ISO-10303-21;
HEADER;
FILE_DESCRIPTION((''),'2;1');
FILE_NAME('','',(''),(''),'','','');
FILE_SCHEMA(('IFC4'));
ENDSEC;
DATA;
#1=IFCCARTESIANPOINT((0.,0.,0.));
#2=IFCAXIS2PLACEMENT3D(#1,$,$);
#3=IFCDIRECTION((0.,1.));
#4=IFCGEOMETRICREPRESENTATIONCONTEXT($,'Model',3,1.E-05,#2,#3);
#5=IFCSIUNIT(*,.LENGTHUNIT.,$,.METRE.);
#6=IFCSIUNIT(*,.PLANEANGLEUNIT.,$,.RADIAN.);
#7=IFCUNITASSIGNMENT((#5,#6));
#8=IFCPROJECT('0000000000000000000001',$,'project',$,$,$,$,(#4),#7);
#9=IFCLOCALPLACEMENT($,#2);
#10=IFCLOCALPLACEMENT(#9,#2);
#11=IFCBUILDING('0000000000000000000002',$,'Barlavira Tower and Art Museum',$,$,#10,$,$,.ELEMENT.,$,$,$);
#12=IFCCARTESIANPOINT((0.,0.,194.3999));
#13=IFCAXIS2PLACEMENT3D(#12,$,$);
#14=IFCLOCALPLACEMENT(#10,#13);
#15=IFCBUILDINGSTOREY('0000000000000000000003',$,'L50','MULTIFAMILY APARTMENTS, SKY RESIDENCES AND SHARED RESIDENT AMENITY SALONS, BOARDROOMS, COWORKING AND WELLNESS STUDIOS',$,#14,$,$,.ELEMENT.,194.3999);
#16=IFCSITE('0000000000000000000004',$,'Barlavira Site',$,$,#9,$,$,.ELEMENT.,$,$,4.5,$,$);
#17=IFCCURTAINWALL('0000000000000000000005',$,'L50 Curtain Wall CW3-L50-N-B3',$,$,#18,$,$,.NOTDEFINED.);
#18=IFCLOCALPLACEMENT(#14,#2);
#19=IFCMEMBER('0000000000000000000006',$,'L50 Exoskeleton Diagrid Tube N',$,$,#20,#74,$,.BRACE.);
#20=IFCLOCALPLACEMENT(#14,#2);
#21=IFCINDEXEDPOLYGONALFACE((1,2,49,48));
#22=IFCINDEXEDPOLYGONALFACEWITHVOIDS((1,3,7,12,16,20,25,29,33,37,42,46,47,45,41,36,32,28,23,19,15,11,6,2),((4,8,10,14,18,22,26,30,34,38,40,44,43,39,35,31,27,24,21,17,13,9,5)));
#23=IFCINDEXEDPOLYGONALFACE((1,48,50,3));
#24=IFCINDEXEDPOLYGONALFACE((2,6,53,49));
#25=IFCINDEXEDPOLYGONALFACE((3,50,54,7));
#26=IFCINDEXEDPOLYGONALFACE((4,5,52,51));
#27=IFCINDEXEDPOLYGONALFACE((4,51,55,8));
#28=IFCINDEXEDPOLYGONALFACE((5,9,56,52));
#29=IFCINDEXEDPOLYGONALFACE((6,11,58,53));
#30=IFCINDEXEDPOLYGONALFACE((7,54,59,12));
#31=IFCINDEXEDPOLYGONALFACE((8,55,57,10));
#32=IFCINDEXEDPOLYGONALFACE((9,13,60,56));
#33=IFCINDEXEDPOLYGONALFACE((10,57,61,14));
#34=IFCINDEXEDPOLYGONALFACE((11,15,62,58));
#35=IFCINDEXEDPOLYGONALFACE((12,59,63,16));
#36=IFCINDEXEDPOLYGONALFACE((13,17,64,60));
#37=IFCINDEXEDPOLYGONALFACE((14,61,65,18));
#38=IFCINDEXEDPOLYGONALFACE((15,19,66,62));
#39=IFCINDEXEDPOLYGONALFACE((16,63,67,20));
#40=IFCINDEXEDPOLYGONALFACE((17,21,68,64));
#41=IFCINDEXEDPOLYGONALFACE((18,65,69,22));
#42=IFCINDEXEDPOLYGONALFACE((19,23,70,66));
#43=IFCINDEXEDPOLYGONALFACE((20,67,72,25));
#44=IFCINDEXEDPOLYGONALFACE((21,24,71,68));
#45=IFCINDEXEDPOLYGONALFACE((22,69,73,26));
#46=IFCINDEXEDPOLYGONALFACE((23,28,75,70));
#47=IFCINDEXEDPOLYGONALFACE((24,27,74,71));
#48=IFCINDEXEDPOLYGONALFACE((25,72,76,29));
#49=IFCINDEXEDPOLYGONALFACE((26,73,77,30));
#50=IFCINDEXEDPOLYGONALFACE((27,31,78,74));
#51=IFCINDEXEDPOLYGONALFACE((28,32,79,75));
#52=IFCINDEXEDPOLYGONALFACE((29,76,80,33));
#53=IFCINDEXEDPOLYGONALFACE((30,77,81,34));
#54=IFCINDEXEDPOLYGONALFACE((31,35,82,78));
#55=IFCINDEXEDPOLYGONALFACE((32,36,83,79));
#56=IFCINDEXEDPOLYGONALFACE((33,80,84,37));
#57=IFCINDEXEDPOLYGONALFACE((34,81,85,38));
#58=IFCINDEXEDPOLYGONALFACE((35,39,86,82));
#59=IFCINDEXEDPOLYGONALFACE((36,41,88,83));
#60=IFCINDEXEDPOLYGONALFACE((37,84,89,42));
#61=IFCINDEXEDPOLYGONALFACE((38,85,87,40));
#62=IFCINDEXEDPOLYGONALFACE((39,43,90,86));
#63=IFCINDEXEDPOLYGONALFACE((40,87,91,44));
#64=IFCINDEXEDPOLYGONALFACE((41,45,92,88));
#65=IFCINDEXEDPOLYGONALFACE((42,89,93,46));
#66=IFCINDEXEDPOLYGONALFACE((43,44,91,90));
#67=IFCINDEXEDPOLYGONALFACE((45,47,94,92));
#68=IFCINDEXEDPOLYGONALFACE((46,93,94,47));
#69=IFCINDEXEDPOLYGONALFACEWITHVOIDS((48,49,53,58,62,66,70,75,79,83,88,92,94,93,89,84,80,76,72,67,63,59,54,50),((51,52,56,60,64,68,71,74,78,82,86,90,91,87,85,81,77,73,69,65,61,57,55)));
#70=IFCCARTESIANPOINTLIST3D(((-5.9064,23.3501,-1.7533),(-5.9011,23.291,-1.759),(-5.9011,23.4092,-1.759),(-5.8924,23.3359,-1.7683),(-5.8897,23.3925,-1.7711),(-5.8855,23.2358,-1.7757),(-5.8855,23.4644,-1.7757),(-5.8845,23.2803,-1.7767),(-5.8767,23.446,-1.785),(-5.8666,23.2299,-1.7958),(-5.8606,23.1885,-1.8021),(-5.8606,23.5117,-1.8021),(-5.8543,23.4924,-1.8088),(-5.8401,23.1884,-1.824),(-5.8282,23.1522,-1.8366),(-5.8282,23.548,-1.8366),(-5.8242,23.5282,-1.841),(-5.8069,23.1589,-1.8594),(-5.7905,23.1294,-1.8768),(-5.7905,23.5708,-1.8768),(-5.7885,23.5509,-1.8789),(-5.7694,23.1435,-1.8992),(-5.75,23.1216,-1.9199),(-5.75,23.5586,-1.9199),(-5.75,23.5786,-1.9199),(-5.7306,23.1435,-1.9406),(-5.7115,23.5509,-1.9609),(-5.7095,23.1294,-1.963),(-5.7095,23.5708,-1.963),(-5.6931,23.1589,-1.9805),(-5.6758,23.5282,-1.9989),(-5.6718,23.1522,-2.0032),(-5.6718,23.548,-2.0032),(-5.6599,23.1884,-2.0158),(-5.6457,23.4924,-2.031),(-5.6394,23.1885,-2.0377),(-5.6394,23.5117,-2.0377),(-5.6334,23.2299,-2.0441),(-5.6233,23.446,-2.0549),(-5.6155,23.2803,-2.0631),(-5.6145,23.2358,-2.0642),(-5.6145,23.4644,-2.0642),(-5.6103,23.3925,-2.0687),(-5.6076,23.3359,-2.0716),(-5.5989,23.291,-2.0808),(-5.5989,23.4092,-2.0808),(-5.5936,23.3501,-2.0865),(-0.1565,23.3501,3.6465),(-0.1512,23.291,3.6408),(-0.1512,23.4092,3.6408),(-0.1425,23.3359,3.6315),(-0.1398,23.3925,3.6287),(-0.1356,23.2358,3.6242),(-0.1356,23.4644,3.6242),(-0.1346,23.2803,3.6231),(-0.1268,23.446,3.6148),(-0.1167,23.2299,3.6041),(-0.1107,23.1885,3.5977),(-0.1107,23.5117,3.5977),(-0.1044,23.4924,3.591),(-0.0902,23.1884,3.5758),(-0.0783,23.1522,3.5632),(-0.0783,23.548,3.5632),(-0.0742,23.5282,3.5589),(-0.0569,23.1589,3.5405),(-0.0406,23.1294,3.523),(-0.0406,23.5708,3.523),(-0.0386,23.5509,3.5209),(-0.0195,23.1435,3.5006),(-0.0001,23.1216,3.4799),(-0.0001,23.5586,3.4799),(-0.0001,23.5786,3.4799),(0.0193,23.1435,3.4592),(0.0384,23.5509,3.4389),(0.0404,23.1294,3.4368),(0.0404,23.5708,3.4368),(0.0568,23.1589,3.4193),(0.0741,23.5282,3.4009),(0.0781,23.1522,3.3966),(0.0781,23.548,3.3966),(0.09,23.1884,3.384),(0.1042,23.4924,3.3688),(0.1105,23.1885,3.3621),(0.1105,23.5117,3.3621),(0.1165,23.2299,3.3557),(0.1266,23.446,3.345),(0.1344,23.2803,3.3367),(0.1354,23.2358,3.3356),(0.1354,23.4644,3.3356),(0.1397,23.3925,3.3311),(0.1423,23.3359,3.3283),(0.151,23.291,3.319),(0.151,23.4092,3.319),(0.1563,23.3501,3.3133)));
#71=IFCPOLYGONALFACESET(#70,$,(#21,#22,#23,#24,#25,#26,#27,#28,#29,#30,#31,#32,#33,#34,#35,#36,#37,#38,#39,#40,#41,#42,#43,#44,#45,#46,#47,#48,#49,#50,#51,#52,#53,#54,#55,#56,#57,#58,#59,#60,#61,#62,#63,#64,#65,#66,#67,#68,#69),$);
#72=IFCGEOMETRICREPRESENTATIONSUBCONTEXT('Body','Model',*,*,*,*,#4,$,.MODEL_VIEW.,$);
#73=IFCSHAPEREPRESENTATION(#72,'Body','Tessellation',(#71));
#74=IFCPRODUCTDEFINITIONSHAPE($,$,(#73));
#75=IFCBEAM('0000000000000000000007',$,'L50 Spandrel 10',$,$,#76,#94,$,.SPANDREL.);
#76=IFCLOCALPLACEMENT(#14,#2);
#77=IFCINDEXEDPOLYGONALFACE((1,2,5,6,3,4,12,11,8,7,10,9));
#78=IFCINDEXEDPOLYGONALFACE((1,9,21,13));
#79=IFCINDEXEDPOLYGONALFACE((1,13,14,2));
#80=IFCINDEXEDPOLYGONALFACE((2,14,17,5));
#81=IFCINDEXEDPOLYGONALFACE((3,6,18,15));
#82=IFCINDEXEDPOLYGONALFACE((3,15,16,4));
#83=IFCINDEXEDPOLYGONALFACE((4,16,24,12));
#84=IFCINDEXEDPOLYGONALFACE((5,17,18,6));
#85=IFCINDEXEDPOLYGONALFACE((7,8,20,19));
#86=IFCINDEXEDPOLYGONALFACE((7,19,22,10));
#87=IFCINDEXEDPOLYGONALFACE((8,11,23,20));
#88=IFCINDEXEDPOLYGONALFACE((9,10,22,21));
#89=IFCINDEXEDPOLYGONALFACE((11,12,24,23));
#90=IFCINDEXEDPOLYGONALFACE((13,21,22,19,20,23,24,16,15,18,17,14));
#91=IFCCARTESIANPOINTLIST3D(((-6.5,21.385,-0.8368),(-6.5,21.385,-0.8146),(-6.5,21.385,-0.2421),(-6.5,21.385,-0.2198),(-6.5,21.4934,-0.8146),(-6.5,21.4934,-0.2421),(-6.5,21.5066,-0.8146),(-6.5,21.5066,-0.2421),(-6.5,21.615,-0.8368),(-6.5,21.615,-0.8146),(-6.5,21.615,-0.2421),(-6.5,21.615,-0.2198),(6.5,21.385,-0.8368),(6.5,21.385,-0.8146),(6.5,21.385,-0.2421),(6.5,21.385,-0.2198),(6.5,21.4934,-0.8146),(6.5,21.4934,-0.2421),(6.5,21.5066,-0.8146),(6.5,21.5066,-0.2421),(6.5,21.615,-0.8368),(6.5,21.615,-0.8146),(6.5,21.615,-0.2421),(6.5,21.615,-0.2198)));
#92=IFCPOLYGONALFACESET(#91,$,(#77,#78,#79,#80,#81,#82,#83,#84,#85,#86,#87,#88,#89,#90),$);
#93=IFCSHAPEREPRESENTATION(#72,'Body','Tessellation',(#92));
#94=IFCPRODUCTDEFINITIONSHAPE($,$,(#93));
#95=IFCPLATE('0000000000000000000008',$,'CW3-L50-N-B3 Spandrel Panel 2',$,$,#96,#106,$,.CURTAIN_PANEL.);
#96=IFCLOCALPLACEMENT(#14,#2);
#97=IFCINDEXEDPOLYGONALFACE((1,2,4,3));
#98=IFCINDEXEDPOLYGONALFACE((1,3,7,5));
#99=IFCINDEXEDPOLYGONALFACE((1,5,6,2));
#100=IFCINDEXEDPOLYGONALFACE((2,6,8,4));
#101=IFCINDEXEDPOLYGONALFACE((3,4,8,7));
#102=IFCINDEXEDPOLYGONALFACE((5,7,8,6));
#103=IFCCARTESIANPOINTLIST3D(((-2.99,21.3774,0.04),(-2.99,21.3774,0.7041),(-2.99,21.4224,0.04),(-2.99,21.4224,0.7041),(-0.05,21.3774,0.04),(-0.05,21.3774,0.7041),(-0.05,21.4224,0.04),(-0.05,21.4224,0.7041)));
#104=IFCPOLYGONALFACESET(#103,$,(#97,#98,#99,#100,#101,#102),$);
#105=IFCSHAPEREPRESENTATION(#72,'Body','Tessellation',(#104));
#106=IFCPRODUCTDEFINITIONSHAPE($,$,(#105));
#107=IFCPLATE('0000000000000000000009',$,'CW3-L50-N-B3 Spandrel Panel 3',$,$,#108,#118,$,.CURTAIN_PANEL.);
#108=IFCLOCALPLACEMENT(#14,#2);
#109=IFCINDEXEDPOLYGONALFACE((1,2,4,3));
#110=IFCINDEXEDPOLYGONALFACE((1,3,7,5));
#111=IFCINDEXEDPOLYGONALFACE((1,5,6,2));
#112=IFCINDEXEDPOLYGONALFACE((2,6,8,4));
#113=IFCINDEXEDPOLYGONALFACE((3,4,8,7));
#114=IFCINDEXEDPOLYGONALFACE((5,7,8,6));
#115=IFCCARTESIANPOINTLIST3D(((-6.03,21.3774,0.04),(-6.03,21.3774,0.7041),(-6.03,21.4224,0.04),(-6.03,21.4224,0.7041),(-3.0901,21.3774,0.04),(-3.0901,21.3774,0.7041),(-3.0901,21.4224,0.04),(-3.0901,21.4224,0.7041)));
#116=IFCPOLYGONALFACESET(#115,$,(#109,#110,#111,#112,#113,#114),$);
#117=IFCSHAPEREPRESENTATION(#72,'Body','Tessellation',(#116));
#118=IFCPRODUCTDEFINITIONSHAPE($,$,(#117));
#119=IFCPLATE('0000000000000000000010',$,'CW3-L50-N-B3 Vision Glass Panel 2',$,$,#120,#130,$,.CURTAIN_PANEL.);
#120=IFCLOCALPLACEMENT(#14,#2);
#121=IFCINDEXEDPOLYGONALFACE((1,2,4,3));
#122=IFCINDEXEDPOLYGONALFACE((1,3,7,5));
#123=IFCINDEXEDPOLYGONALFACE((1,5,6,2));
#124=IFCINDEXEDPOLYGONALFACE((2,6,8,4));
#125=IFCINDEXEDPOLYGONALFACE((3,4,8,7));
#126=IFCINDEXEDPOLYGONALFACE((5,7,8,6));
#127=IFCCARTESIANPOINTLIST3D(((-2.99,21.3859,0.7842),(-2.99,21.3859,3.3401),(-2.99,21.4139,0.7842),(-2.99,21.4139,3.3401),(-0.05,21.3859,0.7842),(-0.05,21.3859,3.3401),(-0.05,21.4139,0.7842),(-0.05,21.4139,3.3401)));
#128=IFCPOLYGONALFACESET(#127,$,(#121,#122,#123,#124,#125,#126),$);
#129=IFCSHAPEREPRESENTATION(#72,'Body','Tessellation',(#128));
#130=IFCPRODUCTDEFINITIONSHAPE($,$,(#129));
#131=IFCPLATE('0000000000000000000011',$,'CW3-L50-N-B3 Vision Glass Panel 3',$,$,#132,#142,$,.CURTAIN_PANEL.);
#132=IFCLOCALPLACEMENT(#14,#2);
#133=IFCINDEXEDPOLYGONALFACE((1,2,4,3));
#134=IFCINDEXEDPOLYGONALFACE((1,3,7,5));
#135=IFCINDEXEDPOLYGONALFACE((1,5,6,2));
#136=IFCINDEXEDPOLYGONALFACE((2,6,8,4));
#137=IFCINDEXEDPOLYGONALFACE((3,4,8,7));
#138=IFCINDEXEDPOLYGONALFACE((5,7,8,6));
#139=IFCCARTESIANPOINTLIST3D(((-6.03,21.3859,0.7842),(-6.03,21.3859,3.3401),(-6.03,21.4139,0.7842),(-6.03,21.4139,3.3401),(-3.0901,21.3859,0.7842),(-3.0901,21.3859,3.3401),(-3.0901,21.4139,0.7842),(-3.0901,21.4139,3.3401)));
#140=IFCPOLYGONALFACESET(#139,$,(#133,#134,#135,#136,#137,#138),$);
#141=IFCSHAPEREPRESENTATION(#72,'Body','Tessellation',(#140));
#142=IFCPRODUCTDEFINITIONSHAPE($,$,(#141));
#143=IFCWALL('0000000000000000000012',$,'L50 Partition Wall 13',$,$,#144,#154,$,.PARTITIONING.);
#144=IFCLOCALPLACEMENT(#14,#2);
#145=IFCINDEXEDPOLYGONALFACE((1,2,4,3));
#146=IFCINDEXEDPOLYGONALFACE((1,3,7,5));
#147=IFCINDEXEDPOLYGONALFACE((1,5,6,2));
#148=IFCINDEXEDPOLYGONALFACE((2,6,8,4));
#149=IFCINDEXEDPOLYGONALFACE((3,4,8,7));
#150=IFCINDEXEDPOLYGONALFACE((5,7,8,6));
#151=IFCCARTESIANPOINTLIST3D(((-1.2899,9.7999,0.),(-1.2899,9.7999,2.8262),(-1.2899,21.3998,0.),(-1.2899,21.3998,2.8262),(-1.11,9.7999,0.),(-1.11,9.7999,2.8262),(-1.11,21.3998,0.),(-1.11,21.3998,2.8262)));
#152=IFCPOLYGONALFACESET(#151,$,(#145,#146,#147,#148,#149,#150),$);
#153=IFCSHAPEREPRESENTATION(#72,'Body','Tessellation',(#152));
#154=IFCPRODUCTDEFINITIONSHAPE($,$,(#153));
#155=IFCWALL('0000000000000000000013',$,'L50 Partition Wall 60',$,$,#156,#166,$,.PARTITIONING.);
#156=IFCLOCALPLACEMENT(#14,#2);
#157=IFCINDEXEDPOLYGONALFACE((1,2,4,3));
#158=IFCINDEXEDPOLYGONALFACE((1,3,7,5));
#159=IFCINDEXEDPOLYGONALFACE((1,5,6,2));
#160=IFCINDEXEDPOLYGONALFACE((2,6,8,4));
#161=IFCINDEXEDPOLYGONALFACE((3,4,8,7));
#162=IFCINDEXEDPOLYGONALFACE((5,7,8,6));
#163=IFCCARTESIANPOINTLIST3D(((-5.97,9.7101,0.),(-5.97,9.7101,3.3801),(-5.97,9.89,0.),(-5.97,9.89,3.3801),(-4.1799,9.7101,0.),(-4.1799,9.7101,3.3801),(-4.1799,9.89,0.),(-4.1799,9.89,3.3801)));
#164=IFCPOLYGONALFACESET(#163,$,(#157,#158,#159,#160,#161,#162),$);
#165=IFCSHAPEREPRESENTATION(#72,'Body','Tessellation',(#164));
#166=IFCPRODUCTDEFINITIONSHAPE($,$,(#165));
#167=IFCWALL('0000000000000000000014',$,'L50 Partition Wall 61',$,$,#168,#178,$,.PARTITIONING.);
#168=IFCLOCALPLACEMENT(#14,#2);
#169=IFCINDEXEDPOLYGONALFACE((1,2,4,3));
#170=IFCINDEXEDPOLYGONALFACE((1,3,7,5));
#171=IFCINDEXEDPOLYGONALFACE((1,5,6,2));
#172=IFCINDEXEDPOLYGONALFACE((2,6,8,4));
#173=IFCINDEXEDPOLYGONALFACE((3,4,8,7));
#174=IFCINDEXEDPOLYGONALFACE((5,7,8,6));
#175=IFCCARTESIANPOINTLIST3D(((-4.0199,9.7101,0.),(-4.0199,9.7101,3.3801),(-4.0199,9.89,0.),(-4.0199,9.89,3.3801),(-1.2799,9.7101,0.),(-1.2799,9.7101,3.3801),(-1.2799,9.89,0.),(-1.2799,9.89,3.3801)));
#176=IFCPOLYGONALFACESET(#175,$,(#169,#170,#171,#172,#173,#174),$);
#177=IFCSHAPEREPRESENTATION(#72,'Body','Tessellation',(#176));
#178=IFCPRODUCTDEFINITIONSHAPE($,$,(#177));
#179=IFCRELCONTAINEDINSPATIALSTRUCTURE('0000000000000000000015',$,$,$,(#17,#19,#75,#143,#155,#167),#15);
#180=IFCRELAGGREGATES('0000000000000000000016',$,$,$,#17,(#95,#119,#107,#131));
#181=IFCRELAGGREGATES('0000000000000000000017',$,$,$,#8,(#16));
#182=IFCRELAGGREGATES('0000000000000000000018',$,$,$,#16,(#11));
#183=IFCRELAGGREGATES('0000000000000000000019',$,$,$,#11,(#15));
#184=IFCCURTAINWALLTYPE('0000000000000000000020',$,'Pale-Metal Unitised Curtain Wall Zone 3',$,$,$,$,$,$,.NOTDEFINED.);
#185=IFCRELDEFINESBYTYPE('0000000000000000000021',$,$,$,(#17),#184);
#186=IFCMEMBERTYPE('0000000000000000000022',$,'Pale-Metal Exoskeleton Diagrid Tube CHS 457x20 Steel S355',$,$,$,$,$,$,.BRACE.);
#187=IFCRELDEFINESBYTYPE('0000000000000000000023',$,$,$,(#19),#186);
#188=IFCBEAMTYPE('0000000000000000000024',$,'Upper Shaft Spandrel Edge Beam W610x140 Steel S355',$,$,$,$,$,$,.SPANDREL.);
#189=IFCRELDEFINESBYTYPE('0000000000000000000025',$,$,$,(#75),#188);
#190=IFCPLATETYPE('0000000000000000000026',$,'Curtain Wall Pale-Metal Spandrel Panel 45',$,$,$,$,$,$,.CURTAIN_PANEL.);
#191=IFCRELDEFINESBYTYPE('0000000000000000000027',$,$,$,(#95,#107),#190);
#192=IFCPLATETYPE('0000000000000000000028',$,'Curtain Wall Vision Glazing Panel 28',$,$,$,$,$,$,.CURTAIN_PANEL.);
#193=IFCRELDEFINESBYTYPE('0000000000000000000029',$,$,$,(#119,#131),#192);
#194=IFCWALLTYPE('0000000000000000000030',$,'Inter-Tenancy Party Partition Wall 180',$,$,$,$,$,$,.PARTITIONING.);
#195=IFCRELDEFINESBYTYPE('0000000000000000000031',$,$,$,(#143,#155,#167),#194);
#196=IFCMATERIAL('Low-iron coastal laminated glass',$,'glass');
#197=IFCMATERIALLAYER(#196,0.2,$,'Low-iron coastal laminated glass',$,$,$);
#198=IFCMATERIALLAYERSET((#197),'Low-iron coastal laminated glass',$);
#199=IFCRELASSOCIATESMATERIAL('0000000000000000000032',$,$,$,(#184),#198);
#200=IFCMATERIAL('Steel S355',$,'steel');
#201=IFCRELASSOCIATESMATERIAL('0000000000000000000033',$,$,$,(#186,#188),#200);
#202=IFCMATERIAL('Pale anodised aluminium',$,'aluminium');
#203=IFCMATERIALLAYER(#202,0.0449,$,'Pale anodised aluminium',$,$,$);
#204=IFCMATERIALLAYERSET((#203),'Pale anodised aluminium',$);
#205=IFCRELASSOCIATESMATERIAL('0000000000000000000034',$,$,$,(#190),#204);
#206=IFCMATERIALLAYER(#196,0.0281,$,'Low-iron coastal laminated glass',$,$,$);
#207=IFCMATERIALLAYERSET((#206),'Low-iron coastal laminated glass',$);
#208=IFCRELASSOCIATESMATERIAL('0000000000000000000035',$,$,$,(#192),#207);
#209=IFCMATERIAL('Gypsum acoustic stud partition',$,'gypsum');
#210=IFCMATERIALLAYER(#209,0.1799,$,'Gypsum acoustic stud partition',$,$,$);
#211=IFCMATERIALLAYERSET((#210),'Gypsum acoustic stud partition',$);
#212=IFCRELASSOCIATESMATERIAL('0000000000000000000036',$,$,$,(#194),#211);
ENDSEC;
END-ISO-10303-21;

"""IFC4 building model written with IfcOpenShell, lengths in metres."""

from ifc_helpers import new_model, si_unit, direction, frame, frame_2d, origin, origin_2d, place, context, subcontext, project, spatial, rectangle, hollow_circle, i_section, extrude, material, layer, layer_set, material_profile, profile_set, type_object, element, aggregate, save


model = new_model("IFC4")

# Units and contexts
model_context = context("Model", 3, precision=1e-05, world=origin(), true_north=direction((0.0, 1.0)))
body_context = subcontext(model_context, "Body", "Model", "MODEL_VIEW")
ifc_project = project(units=[si_unit("LENGTHUNIT", "METRE"), si_unit("PLANEANGLEUNIT", "RADIAN")], contexts=[model_context])

# Site, building, storey
site_placement = place(None, origin())
site = spatial("IfcSite", under=ifc_project, at=site_placement, Name="Barlavira Site", CompositionType="ELEMENT", RefElevation=4.5)
building_placement = place(site_placement, origin())
building = spatial("IfcBuilding", under=site, at=building_placement, Name="Barlavira Tower and Art Museum", CompositionType="ELEMENT")
storey_placement = place(building_placement, frame((0.0, 0.0, 194.3999)))
storey = spatial("IfcBuildingStorey", under=building, at=storey_placement, Name="L50", Description="MULTIFAMILY APARTMENTS, SKY RESIDENCES AND SHARED RESIDENT AMENITY SALONS, BOARDROOMS, COWORKING AND WELLNESS STUDIOS", CompositionType="ELEMENT", Elevation=194.3999)

# Curtain wall
ifc_material_1 = material(Name="Low-iron coastal laminated glass", Category="glass")
ifc_layer_1 = layer(ifc_material_1, 0.2, Name="Low-iron coastal laminated glass")
ifc_layer_set_1 = layer_set([ifc_layer_1], Name="Low-iron coastal laminated glass")
curtain_wall_type = type_object("IfcCurtainWallType", Name="Pale-Metal Unitised Curtain Wall Zone 3", PredefinedType="NOTDEFINED", material=ifc_layer_set_1)
curtain_wall_placement = place(storey_placement, origin())
curtain_wall = element("IfcCurtainWall", 1, at=curtain_wall_placement, inside=storey, type_object=curtain_wall_type, Name="L50 Curtain Wall CW3-L50-N-B3", PredefinedType="NOTDEFINED")
ifc_material_2 = material(Name="Pale anodised aluminium", Category="aluminium")

# Member
ifc_material_3 = material(Name="Steel S355", Category="steel")
ifc_material_profile_1 = material_profile(ifc_material_3, hollow_circle(Radius=0.2285, WallThickness=0.02, at=origin_2d()), Name="CHS 457.0x20.0")
ifc_profile_set_1 = profile_set([ifc_material_profile_1], Name="Steel S355")
member_type_1 = type_object("IfcMemberType", Name="Pale-Metal Exoskeleton Diagrid Tube CHS 457x20 Steel S355", PredefinedType="BRACE", material=ifc_profile_set_1)
for number, where, z_axis, x_axis, name in (
    (2, (-5.75, 23.3501, -1.9199), (0.72895, 0.0, 0.684567), (0.0, 1.0, 0.0), "L50 Exoskeleton Diagrid Tube N"),
):
    element("IfcMember", number, at=place(storey_placement, frame(where, z_axis=z_axis, x_axis=x_axis)), inside=storey, type_object=member_type_1, Name=name, PredefinedType="BRACE", context=body_context, shape_type="SweptSolid", body=[
        extrude(hollow_circle(Radius=0.2285, WallThickness=0.02, at=origin_2d()), origin(), (0.0, 0.0, 1.0), 7.8879),
    ])

# Beam
ifc_material_profile_2 = material_profile(ifc_material_3, i_section(OverallWidth=0.23, OverallDepth=0.6169, WebThickness=0.0132, FlangeThickness=0.0222, at=origin_2d()), Name="W610x140.0")
ifc_profile_set_2 = profile_set([ifc_material_profile_2], Name="Steel S355")
beam_type = type_object("IfcBeamType", Name="Upper Shaft Spandrel Edge Beam W610x140 Steel S355", PredefinedType="SPANDREL", material=ifc_profile_set_2)
beam_placement = place(storey_placement, frame((-6.5, 21.5, -0.5283), z_axis=(1.0, 0.0, 0.0), x_axis=(0.0, 1.0, 0.0)))
element("IfcBeam", 3, at=beam_placement, inside=storey, type_object=beam_type, Name="L50 Spandrel 10", PredefinedType="SPANDREL", context=body_context, shape_type="SweptSolid", body=[
    extrude(i_section(OverallWidth=0.23, OverallDepth=0.6169, WebThickness=0.0132, FlangeThickness=0.0222, at=origin_2d()), origin(), (0.0, 0.0, 1.0), 13.0),
])

# Plates
ifc_layer_2 = layer(ifc_material_2, 0.0449, Name="Pale anodised aluminium")
ifc_layer_set_2 = layer_set([ifc_layer_2], Name="Pale anodised aluminium")
plate_type_1 = type_object("IfcPlateType", Name="Curtain Wall Pale-Metal Spandrel Panel 45", PredefinedType="CURTAIN_PANEL", material=ifc_layer_set_2)
plate_1_placement = place(storey_placement, frame((-1.52, 21.3999, 0.04), z_axis=(0.0, 0.0, 1.0), x_axis=(-1.0, 0.0, 0.0)))
plate_1 = element("IfcPlate", 4, at=plate_1_placement, type_object=plate_type_1, Name="CW3-L50-N-B3 Spandrel Panel 2", PredefinedType="CURTAIN_PANEL", context=body_context, shape_type="SweptSolid", body=[
    extrude(rectangle(XDim=2.9399, YDim=0.0449, at=origin_2d()), origin(), (0.0, 0.0, 1.0), 0.6641),
])
plate_2_placement = place(storey_placement, frame((-4.5601, 21.3999, 0.04), z_axis=(0.0, 0.0, 1.0), x_axis=(-1.0, 0.0, 0.0)))
plate_2 = element("IfcPlate", 5, at=plate_2_placement, type_object=plate_type_1, Name="CW3-L50-N-B3 Spandrel Panel 3", PredefinedType="CURTAIN_PANEL", context=body_context, shape_type="SweptSolid", body=[
    extrude(rectangle(XDim=2.9399, YDim=0.0449, at=origin_2d()), origin(), (0.0, 0.0, 1.0), 0.6641),
])
ifc_layer_3 = layer(ifc_material_1, 0.0281, Name="Low-iron coastal laminated glass")
ifc_layer_set_3 = layer_set([ifc_layer_3], Name="Low-iron coastal laminated glass")
plate_type_2 = type_object("IfcPlateType", Name="Curtain Wall Vision Glazing Panel 28", PredefinedType="CURTAIN_PANEL", material=ifc_layer_set_3)
plate_3_placement = place(storey_placement, frame((-1.52, 21.3999, 0.7842), z_axis=(0.0, 0.0, 1.0), x_axis=(-1.0, 0.0, 0.0)))
plate_3 = element("IfcPlate", 6, at=plate_3_placement, type_object=plate_type_2, Name="CW3-L50-N-B3 Vision Glass Panel 2", PredefinedType="CURTAIN_PANEL", context=body_context, shape_type="SweptSolid", body=[
    extrude(rectangle(XDim=2.9399, YDim=0.0281, at=origin_2d()), origin(), (0.0, 0.0, 1.0), 2.5559),
])
plate_4_placement = place(storey_placement, frame((-4.5601, 21.3999, 0.7842), z_axis=(0.0, 0.0, 1.0), x_axis=(-1.0, 0.0, 0.0)))
plate_4 = element("IfcPlate", 7, at=plate_4_placement, type_object=plate_type_2, Name="CW3-L50-N-B3 Vision Glass Panel 3", PredefinedType="CURTAIN_PANEL", context=body_context, shape_type="SweptSolid", body=[
    extrude(rectangle(XDim=2.9399, YDim=0.0281, at=origin_2d()), origin(), (0.0, 0.0, 1.0), 2.5559),
])
aggregate(curtain_wall, [plate_1, plate_3, plate_2, plate_4])

# Walls
ifc_material_4 = material(Name="Gypsum acoustic stud partition", Category="gypsum")
ifc_layer_4 = layer(ifc_material_4, 0.1799, Name="Gypsum acoustic stud partition")
ifc_layer_set_4 = layer_set([ifc_layer_4], Name="Gypsum acoustic stud partition")
wall_type_1 = type_object("IfcWallType", Name="Inter-Tenancy Party Partition Wall 180", PredefinedType="PARTITIONING", material=ifc_layer_set_4)
wall_1_placement = place(storey_placement, frame((-1.2, 9.8, 0.0), z_axis=(0.0, 0.0, 1.0), x_axis=(0.0, 1.0, 0.0)))
element("IfcWall", 8, at=wall_1_placement, inside=storey, type_object=wall_type_1, Name="L50 Partition Wall 13", PredefinedType="PARTITIONING", context=body_context, shape_type="SweptSolid", body=[
    extrude(rectangle(XDim=11.5999, YDim=0.1799, at=frame_2d((5.7998, 0.0))), origin(), (0.0, 0.0, 1.0), 2.8262),
])
wall_2_placement = place(storey_placement, frame((-5.97, 9.8, 0.0), z_axis=(0.0, 0.0, 1.0), x_axis=(1.0, 0.0, 0.0)))
element("IfcWall", 9, at=wall_2_placement, inside=storey, type_object=wall_type_1, Name="L50 Partition Wall 60", PredefinedType="PARTITIONING", context=body_context, shape_type="SweptSolid", body=[
    extrude(rectangle(XDim=1.79, YDim=0.1799, at=frame_2d((0.895, 0.0))), origin(), (0.0, 0.0, 1.0), 3.3801),
])
wall_3_placement = place(storey_placement, frame((-4.02, 9.8, 0.0), z_axis=(0.0, 0.0, 1.0), x_axis=(1.0, 0.0, 0.0)))
element("IfcWall", 10, at=wall_3_placement, inside=storey, type_object=wall_type_1, Name="L50 Partition Wall 61", PredefinedType="PARTITIONING", context=body_context, shape_type="SweptSolid", body=[
    extrude(rectangle(XDim=2.74, YDim=0.1799, at=frame_2d((1.3701, 0.0))), origin(), (0.0, 0.0, 1.0), 3.3801),
])

save(model, "model.ifc")
